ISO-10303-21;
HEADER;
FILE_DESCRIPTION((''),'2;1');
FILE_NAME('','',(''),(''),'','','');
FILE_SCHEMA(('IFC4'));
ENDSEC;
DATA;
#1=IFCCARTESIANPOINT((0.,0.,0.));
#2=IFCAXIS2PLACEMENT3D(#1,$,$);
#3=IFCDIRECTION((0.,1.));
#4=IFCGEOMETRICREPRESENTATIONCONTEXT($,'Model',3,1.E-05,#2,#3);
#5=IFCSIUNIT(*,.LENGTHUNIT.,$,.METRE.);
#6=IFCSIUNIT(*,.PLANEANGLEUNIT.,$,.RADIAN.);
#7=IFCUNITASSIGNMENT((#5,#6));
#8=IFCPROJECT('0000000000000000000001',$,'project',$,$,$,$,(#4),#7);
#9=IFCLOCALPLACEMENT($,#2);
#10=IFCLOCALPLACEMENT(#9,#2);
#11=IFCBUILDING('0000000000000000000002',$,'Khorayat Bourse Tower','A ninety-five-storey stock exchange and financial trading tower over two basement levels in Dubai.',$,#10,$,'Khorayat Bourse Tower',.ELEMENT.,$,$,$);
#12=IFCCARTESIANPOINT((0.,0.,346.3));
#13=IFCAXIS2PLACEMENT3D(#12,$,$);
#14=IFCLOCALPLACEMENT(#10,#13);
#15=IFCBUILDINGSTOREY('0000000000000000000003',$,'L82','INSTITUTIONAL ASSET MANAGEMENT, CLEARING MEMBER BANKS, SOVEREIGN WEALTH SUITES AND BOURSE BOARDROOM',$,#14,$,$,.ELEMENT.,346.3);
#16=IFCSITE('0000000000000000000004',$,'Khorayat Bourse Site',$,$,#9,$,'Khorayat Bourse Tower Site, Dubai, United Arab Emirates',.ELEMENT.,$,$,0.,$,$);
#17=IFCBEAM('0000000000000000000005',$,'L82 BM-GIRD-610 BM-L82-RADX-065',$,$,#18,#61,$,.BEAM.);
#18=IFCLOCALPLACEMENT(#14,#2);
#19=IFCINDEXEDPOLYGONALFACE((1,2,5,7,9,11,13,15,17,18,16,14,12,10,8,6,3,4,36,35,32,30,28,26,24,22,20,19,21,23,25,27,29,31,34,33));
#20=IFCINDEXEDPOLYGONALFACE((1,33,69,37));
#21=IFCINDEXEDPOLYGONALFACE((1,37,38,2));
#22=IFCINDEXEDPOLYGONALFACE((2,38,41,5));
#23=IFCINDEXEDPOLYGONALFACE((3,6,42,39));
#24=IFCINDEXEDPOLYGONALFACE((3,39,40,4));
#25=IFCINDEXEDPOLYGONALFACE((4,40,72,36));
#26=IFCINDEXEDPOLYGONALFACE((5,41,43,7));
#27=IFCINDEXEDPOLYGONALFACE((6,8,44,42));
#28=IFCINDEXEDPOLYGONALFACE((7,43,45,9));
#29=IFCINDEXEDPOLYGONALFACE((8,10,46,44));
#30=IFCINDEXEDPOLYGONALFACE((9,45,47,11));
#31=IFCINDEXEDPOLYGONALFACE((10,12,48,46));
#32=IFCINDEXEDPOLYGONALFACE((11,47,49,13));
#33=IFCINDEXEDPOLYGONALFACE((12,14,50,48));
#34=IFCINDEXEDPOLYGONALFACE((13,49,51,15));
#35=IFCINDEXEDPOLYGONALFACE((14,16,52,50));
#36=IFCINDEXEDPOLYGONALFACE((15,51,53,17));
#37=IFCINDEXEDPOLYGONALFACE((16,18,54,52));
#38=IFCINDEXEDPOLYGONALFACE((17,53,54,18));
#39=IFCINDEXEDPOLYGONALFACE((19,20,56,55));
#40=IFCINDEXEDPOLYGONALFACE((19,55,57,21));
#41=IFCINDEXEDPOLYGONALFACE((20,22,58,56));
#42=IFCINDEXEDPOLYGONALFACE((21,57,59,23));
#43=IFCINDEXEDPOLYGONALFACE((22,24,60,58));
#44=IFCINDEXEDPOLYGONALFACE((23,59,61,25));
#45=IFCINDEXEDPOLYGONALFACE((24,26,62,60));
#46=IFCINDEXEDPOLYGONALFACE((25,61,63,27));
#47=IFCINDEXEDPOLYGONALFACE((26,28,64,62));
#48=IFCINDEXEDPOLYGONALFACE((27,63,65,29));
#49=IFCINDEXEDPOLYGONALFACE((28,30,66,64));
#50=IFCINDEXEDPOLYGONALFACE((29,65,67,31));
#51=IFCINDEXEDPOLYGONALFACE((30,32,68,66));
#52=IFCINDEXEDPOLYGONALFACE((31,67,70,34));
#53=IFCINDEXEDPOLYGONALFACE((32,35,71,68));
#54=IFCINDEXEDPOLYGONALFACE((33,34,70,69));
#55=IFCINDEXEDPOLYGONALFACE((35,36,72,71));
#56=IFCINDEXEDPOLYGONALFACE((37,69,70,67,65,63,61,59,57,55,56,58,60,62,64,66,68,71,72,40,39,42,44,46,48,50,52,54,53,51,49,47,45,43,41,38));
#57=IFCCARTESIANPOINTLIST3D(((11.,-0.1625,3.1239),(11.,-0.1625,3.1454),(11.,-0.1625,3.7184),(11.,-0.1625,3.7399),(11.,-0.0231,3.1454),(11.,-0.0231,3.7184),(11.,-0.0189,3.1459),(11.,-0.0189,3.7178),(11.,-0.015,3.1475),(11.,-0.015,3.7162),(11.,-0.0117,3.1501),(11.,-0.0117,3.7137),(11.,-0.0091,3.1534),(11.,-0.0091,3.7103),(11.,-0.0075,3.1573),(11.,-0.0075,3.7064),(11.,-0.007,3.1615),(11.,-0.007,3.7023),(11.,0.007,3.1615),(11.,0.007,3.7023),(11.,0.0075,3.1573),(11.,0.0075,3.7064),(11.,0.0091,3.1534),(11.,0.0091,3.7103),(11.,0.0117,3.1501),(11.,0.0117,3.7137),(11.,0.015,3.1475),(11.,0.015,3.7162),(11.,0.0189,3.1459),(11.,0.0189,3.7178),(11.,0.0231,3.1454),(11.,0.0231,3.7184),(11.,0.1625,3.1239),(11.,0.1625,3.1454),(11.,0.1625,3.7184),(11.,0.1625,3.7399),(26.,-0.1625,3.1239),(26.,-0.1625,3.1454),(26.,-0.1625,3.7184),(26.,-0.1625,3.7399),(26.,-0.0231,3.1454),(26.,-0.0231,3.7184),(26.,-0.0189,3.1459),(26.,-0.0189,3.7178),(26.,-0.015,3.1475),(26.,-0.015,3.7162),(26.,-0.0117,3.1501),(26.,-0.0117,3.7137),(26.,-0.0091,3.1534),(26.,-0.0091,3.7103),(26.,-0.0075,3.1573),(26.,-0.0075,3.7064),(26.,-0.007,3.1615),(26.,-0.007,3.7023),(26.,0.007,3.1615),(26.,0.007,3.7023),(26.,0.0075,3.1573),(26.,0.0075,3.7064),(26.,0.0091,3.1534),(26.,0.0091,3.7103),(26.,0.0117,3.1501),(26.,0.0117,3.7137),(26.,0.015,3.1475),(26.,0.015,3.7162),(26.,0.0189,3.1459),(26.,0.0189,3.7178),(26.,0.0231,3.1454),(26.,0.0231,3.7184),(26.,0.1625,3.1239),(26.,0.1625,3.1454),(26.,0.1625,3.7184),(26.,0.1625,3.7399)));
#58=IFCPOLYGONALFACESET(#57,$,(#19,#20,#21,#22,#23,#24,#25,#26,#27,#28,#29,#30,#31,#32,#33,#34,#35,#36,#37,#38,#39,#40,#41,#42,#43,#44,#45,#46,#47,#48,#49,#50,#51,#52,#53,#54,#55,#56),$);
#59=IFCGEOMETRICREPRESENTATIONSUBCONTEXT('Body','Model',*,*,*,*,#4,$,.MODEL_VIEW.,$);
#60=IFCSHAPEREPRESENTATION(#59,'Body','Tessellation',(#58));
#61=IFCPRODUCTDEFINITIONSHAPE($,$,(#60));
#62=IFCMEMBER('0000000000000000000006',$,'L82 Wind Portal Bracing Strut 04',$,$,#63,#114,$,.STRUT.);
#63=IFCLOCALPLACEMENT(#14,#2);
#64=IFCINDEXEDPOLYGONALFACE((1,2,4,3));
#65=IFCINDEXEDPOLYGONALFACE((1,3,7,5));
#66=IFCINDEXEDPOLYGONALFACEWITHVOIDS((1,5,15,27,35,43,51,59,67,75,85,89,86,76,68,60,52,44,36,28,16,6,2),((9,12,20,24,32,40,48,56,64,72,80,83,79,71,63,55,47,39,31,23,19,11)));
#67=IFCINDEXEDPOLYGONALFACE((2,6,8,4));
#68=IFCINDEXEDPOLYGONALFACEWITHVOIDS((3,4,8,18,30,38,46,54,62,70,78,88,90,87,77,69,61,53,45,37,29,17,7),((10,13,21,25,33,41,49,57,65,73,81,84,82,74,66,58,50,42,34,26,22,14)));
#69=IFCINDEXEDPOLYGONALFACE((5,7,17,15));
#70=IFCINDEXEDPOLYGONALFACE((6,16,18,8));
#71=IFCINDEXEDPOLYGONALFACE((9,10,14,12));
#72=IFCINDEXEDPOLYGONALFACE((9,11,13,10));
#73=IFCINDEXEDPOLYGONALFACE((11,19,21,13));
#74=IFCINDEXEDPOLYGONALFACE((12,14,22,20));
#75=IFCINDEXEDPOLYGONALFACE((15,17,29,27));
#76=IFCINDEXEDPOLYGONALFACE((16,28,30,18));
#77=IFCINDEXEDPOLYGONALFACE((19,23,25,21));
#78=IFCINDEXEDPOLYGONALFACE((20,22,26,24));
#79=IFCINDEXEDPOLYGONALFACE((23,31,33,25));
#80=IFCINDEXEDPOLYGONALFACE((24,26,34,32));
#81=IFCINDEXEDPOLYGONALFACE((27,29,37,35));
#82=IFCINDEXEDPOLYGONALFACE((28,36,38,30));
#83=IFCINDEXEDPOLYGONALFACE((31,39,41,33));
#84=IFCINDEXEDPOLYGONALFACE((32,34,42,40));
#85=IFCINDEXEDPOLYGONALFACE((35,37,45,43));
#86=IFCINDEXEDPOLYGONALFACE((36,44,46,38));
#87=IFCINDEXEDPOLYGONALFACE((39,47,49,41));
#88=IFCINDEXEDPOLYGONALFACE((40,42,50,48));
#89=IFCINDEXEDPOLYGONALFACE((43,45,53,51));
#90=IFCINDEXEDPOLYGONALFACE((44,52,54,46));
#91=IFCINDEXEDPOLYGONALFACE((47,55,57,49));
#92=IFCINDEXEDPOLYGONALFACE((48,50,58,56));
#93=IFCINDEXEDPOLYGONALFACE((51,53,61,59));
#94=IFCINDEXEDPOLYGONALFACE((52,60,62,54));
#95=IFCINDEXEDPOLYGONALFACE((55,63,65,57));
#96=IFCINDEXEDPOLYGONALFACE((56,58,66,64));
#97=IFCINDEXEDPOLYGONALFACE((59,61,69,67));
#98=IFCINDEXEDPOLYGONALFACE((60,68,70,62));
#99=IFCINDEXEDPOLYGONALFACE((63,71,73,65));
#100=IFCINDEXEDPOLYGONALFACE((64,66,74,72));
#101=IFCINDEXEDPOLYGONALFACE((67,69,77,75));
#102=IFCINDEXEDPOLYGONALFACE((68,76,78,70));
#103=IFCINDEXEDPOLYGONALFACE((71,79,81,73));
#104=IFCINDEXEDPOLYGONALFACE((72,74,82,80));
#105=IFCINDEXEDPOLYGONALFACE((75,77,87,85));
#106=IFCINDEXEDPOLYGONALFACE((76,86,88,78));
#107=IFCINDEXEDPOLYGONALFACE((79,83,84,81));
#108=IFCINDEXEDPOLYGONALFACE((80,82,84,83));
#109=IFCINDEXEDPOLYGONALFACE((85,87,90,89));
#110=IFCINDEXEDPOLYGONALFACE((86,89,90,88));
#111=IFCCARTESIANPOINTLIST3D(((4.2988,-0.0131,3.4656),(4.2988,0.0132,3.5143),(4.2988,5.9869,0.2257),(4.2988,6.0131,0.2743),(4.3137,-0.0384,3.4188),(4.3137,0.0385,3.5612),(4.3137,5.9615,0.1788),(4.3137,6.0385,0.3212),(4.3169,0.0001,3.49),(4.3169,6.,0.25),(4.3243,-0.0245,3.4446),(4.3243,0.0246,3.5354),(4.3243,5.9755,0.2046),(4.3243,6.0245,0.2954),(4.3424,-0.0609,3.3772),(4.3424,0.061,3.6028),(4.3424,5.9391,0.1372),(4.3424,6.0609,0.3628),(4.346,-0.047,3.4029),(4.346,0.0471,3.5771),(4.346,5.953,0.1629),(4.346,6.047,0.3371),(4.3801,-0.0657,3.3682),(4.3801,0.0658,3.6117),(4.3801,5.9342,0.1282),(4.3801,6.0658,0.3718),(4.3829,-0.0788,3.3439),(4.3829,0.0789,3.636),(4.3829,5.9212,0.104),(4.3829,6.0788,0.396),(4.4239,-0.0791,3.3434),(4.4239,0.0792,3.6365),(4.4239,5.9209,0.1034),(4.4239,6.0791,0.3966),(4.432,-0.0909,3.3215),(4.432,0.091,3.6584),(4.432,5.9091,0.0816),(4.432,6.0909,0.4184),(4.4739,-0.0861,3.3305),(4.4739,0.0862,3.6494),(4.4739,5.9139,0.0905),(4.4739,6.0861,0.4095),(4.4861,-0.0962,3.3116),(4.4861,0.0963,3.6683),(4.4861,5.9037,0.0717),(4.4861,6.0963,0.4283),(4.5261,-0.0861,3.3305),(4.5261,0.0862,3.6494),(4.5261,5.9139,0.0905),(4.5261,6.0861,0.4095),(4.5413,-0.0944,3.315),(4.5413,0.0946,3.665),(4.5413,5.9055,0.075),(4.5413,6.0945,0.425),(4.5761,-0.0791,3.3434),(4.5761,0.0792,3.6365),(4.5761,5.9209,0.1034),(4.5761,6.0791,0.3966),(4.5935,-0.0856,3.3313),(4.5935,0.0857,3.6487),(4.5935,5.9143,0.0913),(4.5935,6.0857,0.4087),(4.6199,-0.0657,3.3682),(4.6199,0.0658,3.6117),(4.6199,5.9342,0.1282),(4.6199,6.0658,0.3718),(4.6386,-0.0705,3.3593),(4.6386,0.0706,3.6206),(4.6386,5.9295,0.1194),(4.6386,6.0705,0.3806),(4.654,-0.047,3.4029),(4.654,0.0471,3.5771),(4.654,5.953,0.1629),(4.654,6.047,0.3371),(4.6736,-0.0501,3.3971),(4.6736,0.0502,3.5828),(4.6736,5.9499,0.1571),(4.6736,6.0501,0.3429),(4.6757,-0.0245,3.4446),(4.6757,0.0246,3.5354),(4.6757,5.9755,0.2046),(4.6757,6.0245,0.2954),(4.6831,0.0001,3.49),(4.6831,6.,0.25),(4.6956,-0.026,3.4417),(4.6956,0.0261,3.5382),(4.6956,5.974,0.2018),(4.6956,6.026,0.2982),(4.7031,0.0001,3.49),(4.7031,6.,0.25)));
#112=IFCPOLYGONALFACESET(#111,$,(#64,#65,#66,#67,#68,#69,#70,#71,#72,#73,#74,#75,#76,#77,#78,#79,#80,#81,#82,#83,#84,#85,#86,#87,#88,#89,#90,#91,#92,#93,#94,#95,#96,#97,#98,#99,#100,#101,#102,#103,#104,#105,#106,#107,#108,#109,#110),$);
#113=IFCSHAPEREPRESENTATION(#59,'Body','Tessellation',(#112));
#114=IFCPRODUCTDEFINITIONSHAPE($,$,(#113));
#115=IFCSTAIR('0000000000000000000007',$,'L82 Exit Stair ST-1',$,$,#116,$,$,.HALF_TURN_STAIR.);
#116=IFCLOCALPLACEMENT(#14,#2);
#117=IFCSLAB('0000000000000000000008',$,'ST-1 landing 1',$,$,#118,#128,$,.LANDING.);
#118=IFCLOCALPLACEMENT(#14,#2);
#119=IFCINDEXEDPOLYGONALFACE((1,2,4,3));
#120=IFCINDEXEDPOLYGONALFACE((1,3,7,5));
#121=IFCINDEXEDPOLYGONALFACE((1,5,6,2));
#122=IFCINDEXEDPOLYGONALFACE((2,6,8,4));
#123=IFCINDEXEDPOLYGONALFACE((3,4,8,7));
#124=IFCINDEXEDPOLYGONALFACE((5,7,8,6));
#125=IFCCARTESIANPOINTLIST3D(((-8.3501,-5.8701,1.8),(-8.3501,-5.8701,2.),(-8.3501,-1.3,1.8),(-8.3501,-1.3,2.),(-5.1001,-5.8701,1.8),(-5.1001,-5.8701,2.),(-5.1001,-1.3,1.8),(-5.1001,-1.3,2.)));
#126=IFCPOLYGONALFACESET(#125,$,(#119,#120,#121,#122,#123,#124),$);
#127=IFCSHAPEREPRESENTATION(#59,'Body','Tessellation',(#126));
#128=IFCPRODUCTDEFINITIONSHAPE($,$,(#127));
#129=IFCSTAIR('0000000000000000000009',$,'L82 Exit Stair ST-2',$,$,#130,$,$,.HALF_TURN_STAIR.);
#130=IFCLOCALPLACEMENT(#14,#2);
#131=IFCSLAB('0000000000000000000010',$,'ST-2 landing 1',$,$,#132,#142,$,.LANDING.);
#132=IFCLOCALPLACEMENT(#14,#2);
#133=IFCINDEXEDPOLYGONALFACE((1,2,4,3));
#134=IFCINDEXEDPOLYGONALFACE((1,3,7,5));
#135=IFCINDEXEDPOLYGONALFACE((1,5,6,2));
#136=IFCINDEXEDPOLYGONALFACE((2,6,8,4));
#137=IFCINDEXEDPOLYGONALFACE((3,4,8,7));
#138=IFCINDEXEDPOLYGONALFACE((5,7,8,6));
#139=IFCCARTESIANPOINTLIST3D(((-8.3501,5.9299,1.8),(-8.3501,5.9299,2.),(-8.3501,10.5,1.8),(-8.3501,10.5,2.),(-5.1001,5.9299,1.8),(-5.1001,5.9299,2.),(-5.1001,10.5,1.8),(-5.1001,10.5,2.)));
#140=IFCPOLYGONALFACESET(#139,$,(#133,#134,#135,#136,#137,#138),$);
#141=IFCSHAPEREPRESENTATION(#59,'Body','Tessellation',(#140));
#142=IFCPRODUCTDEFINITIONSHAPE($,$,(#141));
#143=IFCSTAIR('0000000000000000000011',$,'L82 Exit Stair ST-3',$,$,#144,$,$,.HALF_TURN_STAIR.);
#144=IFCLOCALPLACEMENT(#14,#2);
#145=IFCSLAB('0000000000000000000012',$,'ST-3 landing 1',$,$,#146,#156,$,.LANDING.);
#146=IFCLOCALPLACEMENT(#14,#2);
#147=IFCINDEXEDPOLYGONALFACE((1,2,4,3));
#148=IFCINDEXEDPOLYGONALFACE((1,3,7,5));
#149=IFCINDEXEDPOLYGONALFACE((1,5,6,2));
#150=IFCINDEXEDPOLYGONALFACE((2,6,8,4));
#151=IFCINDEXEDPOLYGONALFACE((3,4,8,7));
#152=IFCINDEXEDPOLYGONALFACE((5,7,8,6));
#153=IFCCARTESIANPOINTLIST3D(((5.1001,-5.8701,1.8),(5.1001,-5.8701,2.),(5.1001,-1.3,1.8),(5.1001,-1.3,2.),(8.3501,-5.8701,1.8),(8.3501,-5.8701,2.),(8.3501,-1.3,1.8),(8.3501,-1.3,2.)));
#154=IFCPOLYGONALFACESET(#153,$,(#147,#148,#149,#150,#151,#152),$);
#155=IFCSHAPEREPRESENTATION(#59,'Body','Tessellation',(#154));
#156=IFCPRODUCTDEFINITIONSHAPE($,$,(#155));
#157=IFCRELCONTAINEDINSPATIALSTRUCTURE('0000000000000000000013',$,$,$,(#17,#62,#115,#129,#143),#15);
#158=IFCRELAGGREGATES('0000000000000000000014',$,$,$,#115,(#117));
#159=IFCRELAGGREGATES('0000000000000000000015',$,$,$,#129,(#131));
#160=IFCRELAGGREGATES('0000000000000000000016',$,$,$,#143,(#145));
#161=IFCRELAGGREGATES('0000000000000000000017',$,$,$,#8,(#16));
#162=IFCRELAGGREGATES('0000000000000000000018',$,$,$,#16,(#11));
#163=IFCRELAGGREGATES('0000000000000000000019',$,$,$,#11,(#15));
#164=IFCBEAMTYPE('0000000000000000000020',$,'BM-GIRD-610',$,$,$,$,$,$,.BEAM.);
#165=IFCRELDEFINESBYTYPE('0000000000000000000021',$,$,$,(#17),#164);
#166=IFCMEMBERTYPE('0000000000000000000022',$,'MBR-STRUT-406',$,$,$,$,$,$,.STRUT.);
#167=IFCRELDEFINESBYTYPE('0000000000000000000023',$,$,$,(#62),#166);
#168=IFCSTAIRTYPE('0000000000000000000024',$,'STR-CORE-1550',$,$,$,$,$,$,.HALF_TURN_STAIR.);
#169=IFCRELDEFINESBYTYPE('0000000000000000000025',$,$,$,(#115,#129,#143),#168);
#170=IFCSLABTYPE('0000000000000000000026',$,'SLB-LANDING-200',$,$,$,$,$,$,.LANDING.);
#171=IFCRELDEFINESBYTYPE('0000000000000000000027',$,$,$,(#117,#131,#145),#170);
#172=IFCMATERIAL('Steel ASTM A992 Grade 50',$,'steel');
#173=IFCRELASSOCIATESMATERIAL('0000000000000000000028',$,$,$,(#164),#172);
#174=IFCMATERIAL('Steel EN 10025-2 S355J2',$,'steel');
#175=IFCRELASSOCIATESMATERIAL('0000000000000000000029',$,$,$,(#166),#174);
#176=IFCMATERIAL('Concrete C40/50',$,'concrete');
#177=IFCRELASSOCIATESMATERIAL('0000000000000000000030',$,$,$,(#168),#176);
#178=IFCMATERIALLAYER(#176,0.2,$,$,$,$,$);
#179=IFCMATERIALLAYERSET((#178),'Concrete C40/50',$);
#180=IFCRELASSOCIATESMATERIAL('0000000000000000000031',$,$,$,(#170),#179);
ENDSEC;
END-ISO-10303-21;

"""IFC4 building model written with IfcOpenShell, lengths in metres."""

from ifc_helpers import new_model, si_unit, direction, frame, origin, origin_2d, place, context, subcontext, project, spatial, polyline, hollow_circle, i_section, outline, extrude, source, transform, mapped, material, layer, layer_set, material_profile, profile_set, type_object, element, aggregate, save


model = new_model("IFC4")

# Units and contexts
model_context = context("Model", 3, precision=1e-05, world=origin(), true_north=direction((0.0, 1.0)))
body_context = subcontext(model_context, "Body", "Model", "MODEL_VIEW")
ifc_project = project(units=[si_unit("LENGTHUNIT", "METRE"), si_unit("PLANEANGLEUNIT", "RADIAN")], contexts=[model_context])

# Site, building, storey
site_placement = place(None, origin())
site = spatial("IfcSite", under=ifc_project, at=site_placement, Name="Khorayat Bourse Site", LongName="Khorayat Bourse Tower Site, Dubai, United Arab Emirates", CompositionType="ELEMENT", RefElevation=0.0)
building_placement = place(site_placement, origin())
building = spatial("IfcBuilding", under=site, at=building_placement, Name="Khorayat Bourse Tower", Description="A ninety-five-storey stock exchange and financial trading tower over two basement levels in Dubai.", LongName="Khorayat Bourse Tower", CompositionType="ELEMENT")
storey_placement = place(building_placement, frame((0.0, 0.0, 346.3)))
storey = spatial("IfcBuildingStorey", under=building, at=storey_placement, Name="L82", Description="INSTITUTIONAL ASSET MANAGEMENT, CLEARING MEMBER BANKS, SOVEREIGN WEALTH SUITES AND BOURSE BOARDROOM", CompositionType="ELEMENT", Elevation=346.3)

# Beam
ifc_material_1 = material(Name="Steel ASTM A992 Grade 50", Category="steel")
ifc_material_profile_1 = material_profile(ifc_material_1, i_section(OverallWidth=0.325, OverallDepth=0.616, WebThickness=0.0139, FlangeThickness=0.0215, FilletRadius=0.0161, at=origin_2d()), Name="W610X174")
ifc_profile_set_1 = profile_set([ifc_material_profile_1], Name="Steel ASTM A992 Grade 50")
beam_type_1 = type_object("IfcBeamType", Name="BM-GIRD-610", PredefinedType="BEAM", material=ifc_profile_set_1)
shared_shape_1 = source(origin(), body_context, "Body", "SweptSolid", [
    extrude(i_section(OverallWidth=0.325, OverallDepth=0.616, WebThickness=0.0139, FlangeThickness=0.0215, FilletRadius=0.0161, at=origin_2d()), origin(), (0.0, 0.0, 1.0), 15.0),
])
beam_1_placement = place(storey_placement, frame((11.0, 0.0, 3.4319), z_axis=(1.0, 0.0, 0.0), x_axis=(0.0, 1.0, 0.0)))
element("IfcBeam", 1, at=beam_1_placement, inside=storey, type_object=beam_type_1, Name="L82 BM-GIRD-610 BM-L82-RADX-065", PredefinedType="BEAM", context=body_context, shape_type="MappedRepresentation", body=[
    mapped(shared_shape_1, transform((0.0, 0.0, 0.0), scale=1.0)),
])

# Member
ifc_material_2 = material(Name="Steel EN 10025-2 S355J2", Category="steel")
ifc_material_profile_2 = material_profile(ifc_material_2, hollow_circle(Radius=0.2031, WallThickness=0.02, at=origin_2d()), Name="CHS 406x20")
ifc_profile_set_2 = profile_set([ifc_material_profile_2], Name="Steel EN 10025-2 S355J2")
member_type = type_object("IfcMemberType", Name="MBR-STRUT-406", PredefinedType="STRUT", material=ifc_profile_set_2)
shared_shape_2 = source(origin(), body_context, "Body", "SweptSolid", [
    extrude(hollow_circle(Radius=0.2031, WallThickness=0.02, at=origin_2d()), origin(), (0.0, 0.0, 1.0), 6.8188),
])
member_placement = place(storey_placement, frame((4.5, 6.0, 0.25), z_axis=(0.0, -0.879906, 0.475148), x_axis=(1.0, 0.0, 0.0)))
element("IfcMember", 2, at=member_placement, inside=storey, type_object=member_type, Name="L82 Wind Portal Bracing Strut 04", PredefinedType="STRUT", context=body_context, shape_type="MappedRepresentation", body=[
    mapped(shared_shape_2, transform((0.0, 0.0, 0.0), scale=1.0)),
])

# Stairs, slabs
ifc_material_3 = material(Name="Concrete C40/50", Category="concrete")
stair_type = type_object("IfcStairType", Name="STR-CORE-1550", PredefinedType="HALF_TURN_STAIR", material=ifc_material_3)
stair_1_placement = place(storey_placement, origin())
stair_1 = element("IfcStair", 3, at=stair_1_placement, inside=storey, type_object=stair_type, Name="L82 Exit Stair ST-1", PredefinedType="HALF_TURN_STAIR")
ifc_layer_1 = layer(ifc_material_3, 0.2)
ifc_layer_set_1 = layer_set([ifc_layer_1], Name="Concrete C40/50")
slab_type_1 = type_object("IfcSlabType", Name="SLB-LANDING-200", PredefinedType="LANDING", material=ifc_layer_set_1)
slab_1_placement = place(storey_placement, frame((0.0, 0.0, 1.8)))
slab_1 = element("IfcSlab", 4, at=slab_1_placement, type_object=slab_type_1, Name="ST-1 landing 1", PredefinedType="LANDING", context=body_context, shape_type="SweptSolid", body=[
    extrude(outline(polyline([(-5.1001, -5.8701), (-5.1001, -1.3), (-8.3501, -1.3), (-8.3501, -5.8701), (-5.1001, -5.8701)])), origin(), (0.0, 0.0, 1.0), 0.2),
])
aggregate(stair_1, [slab_1])
stair_2_placement = place(storey_placement, origin())
stair_2 = element("IfcStair", 5, at=stair_2_placement, inside=storey, type_object=stair_type, Name="L82 Exit Stair ST-2", PredefinedType="HALF_TURN_STAIR")
slab_2_placement = place(storey_placement, frame((0.0, 0.0, 1.8)))
slab_2 = element("IfcSlab", 6, at=slab_2_placement, type_object=slab_type_1, Name="ST-2 landing 1", PredefinedType="LANDING", context=body_context, shape_type="SweptSolid", body=[
    extrude(outline(polyline([(-5.1001, 5.9299), (-5.1001, 10.5), (-8.3501, 10.5), (-8.3501, 5.9299), (-5.1001, 5.9299)])), origin(), (0.0, 0.0, 1.0), 0.2),
])
aggregate(stair_2, [slab_2])
stair_3_placement = place(storey_placement, origin())
stair_3 = element("IfcStair", 7, at=stair_3_placement, inside=storey, type_object=stair_type, Name="L82 Exit Stair ST-3", PredefinedType="HALF_TURN_STAIR")
slab_3_placement = place(storey_placement, frame((0.0, 0.0, 1.8)))
slab_3 = element("IfcSlab", 8, at=slab_3_placement, type_object=slab_type_1, Name="ST-3 landing 1", PredefinedType="LANDING", context=body_context, shape_type="SweptSolid", body=[
    extrude(outline(polyline([(8.3501, -5.8701), (8.3501, -1.3), (5.1001, -1.3), (5.1001, -5.8701), (8.3501, -5.8701)])), origin(), (0.0, 0.0, 1.0), 0.2),
])
aggregate(stair_3, [slab_3])

save(model, "model.ifc")
